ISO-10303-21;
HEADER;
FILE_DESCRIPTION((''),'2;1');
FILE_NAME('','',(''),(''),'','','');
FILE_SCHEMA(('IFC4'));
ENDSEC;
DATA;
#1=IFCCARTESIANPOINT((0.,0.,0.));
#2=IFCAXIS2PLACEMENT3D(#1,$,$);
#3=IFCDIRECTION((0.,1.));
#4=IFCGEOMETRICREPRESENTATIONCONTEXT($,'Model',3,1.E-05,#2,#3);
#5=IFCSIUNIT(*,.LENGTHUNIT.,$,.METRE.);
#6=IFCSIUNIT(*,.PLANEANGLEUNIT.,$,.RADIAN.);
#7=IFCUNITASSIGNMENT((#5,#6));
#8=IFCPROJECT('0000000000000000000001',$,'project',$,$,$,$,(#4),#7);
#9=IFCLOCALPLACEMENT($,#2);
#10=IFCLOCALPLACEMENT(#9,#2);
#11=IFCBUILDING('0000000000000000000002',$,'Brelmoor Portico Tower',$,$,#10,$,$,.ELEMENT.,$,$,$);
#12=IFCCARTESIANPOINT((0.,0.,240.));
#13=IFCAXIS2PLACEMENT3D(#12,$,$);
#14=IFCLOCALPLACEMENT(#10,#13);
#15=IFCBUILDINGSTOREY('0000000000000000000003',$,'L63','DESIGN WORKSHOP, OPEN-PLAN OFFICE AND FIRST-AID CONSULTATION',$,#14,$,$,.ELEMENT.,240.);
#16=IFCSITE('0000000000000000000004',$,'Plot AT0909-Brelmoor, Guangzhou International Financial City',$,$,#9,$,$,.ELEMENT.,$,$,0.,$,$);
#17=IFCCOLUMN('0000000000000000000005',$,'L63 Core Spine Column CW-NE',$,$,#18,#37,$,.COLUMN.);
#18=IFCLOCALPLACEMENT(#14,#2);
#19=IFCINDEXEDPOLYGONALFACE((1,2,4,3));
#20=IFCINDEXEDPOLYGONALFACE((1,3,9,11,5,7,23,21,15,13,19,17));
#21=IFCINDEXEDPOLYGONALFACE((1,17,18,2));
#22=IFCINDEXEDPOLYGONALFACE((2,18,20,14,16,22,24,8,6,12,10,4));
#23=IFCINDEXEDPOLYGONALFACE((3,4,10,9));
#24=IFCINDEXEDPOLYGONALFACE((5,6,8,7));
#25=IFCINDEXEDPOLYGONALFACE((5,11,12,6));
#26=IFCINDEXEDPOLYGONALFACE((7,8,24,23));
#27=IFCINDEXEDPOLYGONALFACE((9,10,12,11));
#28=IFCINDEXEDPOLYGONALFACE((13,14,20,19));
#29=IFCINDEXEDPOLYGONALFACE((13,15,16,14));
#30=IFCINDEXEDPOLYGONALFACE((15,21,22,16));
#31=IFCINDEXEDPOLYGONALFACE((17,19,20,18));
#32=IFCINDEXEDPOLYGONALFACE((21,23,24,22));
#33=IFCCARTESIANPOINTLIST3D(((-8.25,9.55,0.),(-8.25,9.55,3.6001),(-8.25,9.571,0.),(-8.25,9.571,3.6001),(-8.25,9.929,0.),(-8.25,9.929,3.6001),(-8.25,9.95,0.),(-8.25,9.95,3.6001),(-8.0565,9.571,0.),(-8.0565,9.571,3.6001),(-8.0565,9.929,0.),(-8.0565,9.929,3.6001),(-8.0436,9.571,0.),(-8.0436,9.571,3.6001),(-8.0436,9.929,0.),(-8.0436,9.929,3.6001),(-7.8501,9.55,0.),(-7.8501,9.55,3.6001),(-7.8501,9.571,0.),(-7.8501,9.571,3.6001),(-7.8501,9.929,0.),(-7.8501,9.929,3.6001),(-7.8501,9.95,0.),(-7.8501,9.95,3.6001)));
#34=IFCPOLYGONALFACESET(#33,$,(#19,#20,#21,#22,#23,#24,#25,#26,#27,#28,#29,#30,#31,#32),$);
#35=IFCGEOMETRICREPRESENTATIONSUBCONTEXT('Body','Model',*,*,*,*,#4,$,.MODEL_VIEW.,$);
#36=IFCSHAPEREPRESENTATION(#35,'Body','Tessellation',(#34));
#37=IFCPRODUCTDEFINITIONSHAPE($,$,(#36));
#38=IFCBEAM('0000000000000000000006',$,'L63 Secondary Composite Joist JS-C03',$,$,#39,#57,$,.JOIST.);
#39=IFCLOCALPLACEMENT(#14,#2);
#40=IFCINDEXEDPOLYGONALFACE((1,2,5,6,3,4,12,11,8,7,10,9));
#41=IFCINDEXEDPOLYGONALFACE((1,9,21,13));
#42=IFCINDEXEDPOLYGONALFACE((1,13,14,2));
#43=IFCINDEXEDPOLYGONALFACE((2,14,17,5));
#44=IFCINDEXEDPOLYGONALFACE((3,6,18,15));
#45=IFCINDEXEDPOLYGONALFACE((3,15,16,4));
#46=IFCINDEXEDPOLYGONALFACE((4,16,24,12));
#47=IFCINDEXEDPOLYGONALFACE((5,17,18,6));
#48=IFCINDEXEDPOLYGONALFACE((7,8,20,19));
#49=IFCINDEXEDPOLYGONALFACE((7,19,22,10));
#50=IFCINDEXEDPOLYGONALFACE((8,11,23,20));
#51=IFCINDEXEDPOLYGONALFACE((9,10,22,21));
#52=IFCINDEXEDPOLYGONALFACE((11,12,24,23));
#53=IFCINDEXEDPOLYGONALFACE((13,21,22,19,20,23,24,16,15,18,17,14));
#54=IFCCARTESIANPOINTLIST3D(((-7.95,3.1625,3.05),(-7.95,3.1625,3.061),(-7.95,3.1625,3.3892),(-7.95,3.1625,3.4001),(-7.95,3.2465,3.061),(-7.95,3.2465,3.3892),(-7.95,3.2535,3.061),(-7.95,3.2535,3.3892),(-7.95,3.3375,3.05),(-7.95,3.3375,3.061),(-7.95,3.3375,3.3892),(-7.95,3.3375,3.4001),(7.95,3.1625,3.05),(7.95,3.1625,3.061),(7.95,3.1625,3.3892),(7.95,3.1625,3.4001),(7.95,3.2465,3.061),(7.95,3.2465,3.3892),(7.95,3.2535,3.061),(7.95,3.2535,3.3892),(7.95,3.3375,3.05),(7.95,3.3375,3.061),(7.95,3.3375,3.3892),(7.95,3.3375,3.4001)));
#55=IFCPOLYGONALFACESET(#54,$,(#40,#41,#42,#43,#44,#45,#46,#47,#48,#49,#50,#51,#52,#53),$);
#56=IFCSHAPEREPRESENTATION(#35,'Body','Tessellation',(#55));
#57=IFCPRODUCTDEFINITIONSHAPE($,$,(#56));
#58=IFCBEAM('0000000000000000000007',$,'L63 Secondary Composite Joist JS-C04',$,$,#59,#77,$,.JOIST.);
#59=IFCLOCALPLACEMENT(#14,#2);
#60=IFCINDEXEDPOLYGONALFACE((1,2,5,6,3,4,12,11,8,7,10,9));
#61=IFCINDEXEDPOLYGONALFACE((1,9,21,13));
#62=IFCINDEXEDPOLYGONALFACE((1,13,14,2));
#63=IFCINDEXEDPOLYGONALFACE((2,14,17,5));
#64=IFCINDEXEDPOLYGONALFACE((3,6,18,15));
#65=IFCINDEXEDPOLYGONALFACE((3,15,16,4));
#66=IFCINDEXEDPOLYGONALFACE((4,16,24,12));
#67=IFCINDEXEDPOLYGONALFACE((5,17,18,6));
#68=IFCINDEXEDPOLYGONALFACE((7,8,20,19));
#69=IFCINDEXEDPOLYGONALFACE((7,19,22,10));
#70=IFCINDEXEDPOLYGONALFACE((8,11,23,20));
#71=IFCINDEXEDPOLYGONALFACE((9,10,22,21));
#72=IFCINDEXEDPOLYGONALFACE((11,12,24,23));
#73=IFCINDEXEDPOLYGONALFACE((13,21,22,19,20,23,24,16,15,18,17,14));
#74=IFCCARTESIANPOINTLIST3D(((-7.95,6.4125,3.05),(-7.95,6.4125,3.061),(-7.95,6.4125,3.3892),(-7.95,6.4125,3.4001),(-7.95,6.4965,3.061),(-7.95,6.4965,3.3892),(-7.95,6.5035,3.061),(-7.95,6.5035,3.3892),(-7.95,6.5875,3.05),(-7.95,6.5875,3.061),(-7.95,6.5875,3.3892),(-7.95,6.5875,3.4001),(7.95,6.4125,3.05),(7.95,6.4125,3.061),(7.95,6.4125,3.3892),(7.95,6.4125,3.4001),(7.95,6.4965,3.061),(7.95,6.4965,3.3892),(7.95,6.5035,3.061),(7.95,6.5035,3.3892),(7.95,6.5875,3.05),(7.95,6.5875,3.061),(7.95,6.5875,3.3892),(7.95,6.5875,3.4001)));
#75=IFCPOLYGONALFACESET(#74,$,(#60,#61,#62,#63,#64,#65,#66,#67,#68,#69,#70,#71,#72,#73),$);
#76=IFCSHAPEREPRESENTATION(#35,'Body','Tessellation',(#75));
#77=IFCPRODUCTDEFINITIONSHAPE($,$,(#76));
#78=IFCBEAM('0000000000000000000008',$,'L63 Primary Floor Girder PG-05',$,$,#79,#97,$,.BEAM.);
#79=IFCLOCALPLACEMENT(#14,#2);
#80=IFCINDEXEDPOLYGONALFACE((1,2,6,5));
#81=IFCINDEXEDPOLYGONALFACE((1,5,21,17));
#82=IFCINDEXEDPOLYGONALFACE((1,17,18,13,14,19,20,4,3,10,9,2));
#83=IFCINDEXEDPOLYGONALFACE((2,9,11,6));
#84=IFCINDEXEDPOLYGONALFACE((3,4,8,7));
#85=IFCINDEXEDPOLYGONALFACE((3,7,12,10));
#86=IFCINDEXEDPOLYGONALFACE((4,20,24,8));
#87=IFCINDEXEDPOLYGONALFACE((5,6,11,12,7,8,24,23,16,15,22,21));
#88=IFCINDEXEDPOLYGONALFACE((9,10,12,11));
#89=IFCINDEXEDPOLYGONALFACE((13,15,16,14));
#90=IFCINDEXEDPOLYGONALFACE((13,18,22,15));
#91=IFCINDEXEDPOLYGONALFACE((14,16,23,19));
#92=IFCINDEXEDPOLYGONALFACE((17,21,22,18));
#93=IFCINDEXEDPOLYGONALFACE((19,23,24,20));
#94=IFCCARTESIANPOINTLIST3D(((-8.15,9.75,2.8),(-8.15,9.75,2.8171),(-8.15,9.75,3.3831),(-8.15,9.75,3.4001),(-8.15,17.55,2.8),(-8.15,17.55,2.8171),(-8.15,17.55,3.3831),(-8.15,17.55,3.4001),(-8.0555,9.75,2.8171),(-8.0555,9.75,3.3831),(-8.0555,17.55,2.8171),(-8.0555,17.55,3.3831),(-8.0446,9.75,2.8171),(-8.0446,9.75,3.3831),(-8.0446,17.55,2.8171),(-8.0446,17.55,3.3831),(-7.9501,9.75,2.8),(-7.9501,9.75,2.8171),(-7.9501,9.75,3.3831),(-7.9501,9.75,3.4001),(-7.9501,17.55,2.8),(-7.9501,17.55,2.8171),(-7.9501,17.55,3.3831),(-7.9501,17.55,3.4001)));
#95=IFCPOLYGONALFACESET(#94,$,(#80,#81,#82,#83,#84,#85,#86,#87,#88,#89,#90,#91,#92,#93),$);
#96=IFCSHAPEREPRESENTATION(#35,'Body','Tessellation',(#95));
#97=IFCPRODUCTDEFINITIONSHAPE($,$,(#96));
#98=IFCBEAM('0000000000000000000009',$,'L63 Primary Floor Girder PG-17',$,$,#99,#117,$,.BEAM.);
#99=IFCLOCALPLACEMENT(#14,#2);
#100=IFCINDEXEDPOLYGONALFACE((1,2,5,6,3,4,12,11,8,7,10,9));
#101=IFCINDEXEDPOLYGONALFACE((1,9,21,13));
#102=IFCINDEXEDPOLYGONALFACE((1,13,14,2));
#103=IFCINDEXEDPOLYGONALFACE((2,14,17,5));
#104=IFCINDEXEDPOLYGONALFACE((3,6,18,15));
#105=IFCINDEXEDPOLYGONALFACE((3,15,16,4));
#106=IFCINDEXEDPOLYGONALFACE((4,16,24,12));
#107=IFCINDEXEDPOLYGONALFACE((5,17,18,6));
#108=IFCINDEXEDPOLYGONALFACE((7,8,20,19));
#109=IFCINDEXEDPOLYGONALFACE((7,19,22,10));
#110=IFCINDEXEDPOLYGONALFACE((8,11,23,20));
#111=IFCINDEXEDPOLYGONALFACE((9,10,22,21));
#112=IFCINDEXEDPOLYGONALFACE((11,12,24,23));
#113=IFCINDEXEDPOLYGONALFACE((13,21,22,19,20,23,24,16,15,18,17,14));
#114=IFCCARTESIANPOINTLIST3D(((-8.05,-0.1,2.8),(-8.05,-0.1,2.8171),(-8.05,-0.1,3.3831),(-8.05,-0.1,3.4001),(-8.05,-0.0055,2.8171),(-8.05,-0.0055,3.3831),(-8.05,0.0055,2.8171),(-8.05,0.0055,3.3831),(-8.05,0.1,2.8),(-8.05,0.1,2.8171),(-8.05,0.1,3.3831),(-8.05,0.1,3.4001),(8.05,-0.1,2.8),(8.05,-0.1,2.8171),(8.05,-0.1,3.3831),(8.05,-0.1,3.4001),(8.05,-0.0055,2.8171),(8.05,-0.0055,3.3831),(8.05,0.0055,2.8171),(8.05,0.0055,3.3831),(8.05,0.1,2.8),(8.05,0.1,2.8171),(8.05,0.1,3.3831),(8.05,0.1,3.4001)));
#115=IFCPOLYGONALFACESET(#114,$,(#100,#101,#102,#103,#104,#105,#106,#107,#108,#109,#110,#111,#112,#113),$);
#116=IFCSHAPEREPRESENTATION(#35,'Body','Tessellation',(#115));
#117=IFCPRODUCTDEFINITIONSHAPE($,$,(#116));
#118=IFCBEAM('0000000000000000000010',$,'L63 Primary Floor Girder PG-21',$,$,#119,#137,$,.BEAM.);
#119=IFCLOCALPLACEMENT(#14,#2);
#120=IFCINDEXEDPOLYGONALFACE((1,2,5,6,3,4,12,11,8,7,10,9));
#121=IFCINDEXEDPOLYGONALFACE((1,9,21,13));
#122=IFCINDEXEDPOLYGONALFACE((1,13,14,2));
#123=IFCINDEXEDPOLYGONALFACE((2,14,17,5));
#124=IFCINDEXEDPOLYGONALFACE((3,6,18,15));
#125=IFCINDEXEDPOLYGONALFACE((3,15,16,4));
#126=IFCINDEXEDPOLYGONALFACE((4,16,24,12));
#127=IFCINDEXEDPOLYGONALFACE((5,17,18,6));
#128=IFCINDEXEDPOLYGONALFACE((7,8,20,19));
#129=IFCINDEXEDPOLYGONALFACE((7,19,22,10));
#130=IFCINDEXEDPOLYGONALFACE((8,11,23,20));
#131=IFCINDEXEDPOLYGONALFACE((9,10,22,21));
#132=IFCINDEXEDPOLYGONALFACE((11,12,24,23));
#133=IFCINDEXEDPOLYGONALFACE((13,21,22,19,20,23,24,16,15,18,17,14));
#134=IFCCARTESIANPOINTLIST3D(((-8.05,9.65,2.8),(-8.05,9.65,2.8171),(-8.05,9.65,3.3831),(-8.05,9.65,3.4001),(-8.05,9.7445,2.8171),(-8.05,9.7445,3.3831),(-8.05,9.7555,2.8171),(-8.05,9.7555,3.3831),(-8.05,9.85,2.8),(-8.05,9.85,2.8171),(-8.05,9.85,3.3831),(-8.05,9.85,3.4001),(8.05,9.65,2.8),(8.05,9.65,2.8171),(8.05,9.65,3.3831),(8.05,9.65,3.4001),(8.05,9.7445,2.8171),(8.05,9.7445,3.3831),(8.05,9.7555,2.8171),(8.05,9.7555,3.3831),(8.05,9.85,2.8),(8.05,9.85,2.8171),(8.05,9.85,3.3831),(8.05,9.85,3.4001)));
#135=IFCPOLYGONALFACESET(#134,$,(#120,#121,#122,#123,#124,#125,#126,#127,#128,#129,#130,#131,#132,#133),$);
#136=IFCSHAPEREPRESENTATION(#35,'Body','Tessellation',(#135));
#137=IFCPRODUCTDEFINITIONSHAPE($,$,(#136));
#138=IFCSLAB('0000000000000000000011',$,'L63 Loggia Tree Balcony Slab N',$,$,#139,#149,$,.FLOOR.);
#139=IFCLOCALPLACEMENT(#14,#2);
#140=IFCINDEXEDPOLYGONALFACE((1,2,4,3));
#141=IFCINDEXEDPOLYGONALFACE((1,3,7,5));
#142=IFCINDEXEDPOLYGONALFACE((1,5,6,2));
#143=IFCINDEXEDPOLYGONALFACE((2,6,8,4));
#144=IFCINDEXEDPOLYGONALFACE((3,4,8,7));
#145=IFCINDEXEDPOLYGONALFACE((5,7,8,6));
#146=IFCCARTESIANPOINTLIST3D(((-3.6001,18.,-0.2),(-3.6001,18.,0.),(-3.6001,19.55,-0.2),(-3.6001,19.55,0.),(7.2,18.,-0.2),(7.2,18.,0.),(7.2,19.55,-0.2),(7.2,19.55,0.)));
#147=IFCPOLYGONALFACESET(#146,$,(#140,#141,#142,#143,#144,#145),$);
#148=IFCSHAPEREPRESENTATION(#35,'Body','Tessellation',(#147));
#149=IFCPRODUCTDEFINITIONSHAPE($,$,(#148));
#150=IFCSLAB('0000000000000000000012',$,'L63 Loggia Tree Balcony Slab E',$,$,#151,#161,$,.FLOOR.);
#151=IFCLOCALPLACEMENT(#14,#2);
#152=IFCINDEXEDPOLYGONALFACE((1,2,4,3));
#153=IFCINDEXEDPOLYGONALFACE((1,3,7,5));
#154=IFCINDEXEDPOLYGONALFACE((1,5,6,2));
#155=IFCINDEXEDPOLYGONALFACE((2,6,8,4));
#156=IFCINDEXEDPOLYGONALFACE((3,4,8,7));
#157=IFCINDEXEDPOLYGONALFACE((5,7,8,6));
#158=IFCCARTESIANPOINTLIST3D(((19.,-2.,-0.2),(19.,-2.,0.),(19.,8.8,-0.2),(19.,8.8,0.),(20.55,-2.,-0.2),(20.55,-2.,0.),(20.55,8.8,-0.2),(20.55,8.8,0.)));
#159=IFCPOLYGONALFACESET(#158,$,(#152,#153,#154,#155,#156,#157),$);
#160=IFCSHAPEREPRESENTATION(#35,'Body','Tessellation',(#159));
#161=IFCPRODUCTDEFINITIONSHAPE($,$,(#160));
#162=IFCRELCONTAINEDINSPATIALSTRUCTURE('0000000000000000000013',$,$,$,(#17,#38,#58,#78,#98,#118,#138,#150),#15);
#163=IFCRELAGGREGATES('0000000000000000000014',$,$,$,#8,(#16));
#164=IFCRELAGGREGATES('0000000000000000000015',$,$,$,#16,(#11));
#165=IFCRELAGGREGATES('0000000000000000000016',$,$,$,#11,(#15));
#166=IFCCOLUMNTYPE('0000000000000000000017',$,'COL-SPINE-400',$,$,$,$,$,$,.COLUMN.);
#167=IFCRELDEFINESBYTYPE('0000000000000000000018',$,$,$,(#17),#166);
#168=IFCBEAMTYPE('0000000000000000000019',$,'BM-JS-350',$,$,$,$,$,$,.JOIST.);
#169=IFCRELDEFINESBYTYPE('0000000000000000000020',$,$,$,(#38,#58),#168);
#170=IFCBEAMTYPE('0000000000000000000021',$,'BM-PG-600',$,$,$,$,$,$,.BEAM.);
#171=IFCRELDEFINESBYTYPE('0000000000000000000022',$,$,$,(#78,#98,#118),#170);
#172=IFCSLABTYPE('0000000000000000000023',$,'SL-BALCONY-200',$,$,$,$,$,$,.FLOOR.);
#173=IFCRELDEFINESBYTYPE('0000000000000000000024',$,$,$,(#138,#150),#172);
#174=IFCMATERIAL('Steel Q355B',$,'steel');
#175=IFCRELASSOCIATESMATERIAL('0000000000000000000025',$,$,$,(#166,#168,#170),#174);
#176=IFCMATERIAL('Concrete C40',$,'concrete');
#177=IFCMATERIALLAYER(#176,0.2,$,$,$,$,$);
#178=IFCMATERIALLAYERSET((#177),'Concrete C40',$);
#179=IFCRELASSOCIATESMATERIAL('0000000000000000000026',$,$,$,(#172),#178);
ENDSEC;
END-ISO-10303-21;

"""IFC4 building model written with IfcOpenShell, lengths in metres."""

from ifc_helpers import new_model, si_unit, direction, frame, origin, origin_2d, place, context, subcontext, project, spatial, polyline, i_section, outline, extrude, material, layer, layer_set, material_profile, profile_set, type_object, element, save


model = new_model("IFC4")

# Units and contexts
model_context = context("Model", 3, precision=1e-05, world=origin(), true_north=direction((0.0, 1.0)))
body_context = subcontext(model_context, "Body", "Model", "MODEL_VIEW")
ifc_project = project(units=[si_unit("LENGTHUNIT", "METRE"), si_unit("PLANEANGLEUNIT", "RADIAN")], contexts=[model_context])

# Site, building, storey
site_placement = place(None, origin())
site = spatial("IfcSite", under=ifc_project, at=site_placement, Name="Plot AT0909-Brelmoor, Guangzhou International Financial City", CompositionType="ELEMENT", RefElevation=0.0)
building_placement = place(site_placement, origin())
building = spatial("IfcBuilding", under=site, at=building_placement, Name="Brelmoor Portico Tower", CompositionType="ELEMENT")
storey_placement = place(building_placement, frame((0.0, 0.0, 240.0)))
storey = spatial("IfcBuildingStorey", under=building, at=storey_placement, Name="L63", Description="DESIGN WORKSHOP, OPEN-PLAN OFFICE AND FIRST-AID CONSULTATION", CompositionType="ELEMENT", Elevation=240.0)

# Column
ifc_material_1 = material(Name="Steel Q355B", Category="steel")
ifc_material_profile_1 = material_profile(ifc_material_1, i_section(OverallWidth=0.3999, OverallDepth=0.3999, WebThickness=0.0129, FlangeThickness=0.021, at=origin_2d()), Name="HW 400x400x13x21")
ifc_profile_set_1 = profile_set([ifc_material_profile_1], Name="Steel Q355B")
column_type = type_object("IfcColumnType", Name="COL-SPINE-400", PredefinedType="COLUMN", material=ifc_profile_set_1)
column_placement = place(storey_placement, frame((-8.05, 9.75, 0.0), z_axis=(0.0, 0.0, 1.0), x_axis=(1.0, 0.0, 0.0)))
element("IfcColumn", 1, at=column_placement, inside=storey, type_object=column_type, Name="L63 Core Spine Column CW-NE", PredefinedType="COLUMN", context=body_context, shape_type="SweptSolid", body=[
    extrude(i_section(OverallWidth=0.3999, OverallDepth=0.3999, WebThickness=0.0129, FlangeThickness=0.021, at=origin_2d()), origin(), (0.0, 0.0, 1.0), 3.6001),
])

# Beams
ifc_material_profile_2 = material_profile(ifc_material_1, i_section(OverallWidth=0.175, OverallDepth=0.3501, WebThickness=0.0071, FlangeThickness=0.011, at=origin_2d()), Name="HN 350x175x7x11")
ifc_profile_set_2 = profile_set([ifc_material_profile_2], Name="Steel Q355B")
beam_type_1 = type_object("IfcBeamType", Name="BM-JS-350", PredefinedType="JOIST", material=ifc_profile_set_2)
for number, where, z_axis, x_axis, name in (
    (2, (-7.95, 3.25, 3.2251), (1.0, 0.0, 0.0), (0.0, 1.0, 0.0), "L63 Secondary Composite Joist JS-C03"),
    (3, (-7.95, 6.5, 3.2251), (1.0, 0.0, 0.0), (0.0, 1.0, 0.0), "L63 Secondary Composite Joist JS-C04"),
):
    element("IfcBeam", number, at=place(storey_placement, frame(where, z_axis=z_axis, x_axis=x_axis)), inside=storey, type_object=beam_type_1, Name=name, PredefinedType="JOIST", context=body_context, shape_type="SweptSolid", body=[
        extrude(i_section(OverallWidth=0.175, OverallDepth=0.3501, WebThickness=0.0071, FlangeThickness=0.011, at=origin_2d()), origin(), (0.0, 0.0, 1.0), 15.8999),
    ])
ifc_material_profile_3 = material_profile(ifc_material_1, i_section(OverallWidth=0.2, OverallDepth=0.6001, WebThickness=0.011, FlangeThickness=0.0171, at=origin_2d()), Name="HN 600x200x11x17")
ifc_profile_set_3 = profile_set([ifc_material_profile_3], Name="Steel Q355B")
beam_type_2 = type_object("IfcBeamType", Name="BM-PG-600", PredefinedType="BEAM", material=ifc_profile_set_3)
beam_placement = place(storey_placement, frame((-8.05, 9.75, 3.1001), z_axis=(0.0, 1.0, 0.0), x_axis=(-1.0, 0.0, 0.0)))
element("IfcBeam", 4, at=beam_placement, inside=storey, type_object=beam_type_2, Name="L63 Primary Floor Girder PG-05", PredefinedType="BEAM", context=body_context, shape_type="SweptSolid", body=[
    extrude(i_section(OverallWidth=0.2, OverallDepth=0.6001, WebThickness=0.011, FlangeThickness=0.0171, at=origin_2d()), origin(), (0.0, 0.0, 1.0), 7.8),
])
for number, where, z_axis, x_axis, name in (
    (5, (-8.05, 0.0, 3.1001), (1.0, 0.0, 0.0), (0.0, 1.0, 0.0), "L63 Primary Floor Girder PG-17"),
    (6, (-8.05, 9.75, 3.1001), (1.0, 0.0, 0.0), (0.0, 1.0, 0.0), "L63 Primary Floor Girder PG-21"),
):
    element("IfcBeam", number, at=place(storey_placement, frame(where, z_axis=z_axis, x_axis=x_axis)), inside=storey, type_object=beam_type_2, Name=name, PredefinedType="BEAM", context=body_context, shape_type="SweptSolid", body=[
        extrude(i_section(OverallWidth=0.2, OverallDepth=0.6001, WebThickness=0.011, FlangeThickness=0.0171, at=origin_2d()), origin(), (0.0, 0.0, 1.0), 16.1001),
    ])

# Slabs
ifc_material_2 = material(Name="Concrete C40", Category="concrete")
ifc_layer_1 = layer(ifc_material_2, 0.2)
ifc_layer_set_1 = layer_set([ifc_layer_1], Name="Concrete C40")
slab_type_1 = type_object("IfcSlabType", Name="SL-BALCONY-200", PredefinedType="FLOOR", material=ifc_layer_set_1)
slab_1_placement = place(storey_placement, frame((0.0, 0.0, -0.2)))
element("IfcSlab", 7, at=slab_1_placement, inside=storey, type_object=slab_type_1, Name="L63 Loggia Tree Balcony Slab N", PredefinedType="FLOOR", context=body_context, shape_type="SweptSolid", body=[
    extrude(outline(polyline([(-3.6001, 18.0), (7.2, 18.0), (7.2, 19.55), (-3.6001, 19.55), (-3.6001, 18.0)])), origin(), (0.0, 0.0, 1.0), 0.2),
])
slab_2_placement = place(storey_placement, frame((0.0, 0.0, -0.2)))
element("IfcSlab", 8, at=slab_2_placement, inside=storey, type_object=slab_type_1, Name="L63 Loggia Tree Balcony Slab E", PredefinedType="FLOOR", context=body_context, shape_type="SweptSolid", body=[
    extrude(outline(polyline([(19.0, -2.0), (20.55, -2.0), (20.55, 8.8), (19.0, 8.8), (19.0, -2.0)])), origin(), (0.0, 0.0, 1.0), 0.2),
])

save(model, "model.ifc")
